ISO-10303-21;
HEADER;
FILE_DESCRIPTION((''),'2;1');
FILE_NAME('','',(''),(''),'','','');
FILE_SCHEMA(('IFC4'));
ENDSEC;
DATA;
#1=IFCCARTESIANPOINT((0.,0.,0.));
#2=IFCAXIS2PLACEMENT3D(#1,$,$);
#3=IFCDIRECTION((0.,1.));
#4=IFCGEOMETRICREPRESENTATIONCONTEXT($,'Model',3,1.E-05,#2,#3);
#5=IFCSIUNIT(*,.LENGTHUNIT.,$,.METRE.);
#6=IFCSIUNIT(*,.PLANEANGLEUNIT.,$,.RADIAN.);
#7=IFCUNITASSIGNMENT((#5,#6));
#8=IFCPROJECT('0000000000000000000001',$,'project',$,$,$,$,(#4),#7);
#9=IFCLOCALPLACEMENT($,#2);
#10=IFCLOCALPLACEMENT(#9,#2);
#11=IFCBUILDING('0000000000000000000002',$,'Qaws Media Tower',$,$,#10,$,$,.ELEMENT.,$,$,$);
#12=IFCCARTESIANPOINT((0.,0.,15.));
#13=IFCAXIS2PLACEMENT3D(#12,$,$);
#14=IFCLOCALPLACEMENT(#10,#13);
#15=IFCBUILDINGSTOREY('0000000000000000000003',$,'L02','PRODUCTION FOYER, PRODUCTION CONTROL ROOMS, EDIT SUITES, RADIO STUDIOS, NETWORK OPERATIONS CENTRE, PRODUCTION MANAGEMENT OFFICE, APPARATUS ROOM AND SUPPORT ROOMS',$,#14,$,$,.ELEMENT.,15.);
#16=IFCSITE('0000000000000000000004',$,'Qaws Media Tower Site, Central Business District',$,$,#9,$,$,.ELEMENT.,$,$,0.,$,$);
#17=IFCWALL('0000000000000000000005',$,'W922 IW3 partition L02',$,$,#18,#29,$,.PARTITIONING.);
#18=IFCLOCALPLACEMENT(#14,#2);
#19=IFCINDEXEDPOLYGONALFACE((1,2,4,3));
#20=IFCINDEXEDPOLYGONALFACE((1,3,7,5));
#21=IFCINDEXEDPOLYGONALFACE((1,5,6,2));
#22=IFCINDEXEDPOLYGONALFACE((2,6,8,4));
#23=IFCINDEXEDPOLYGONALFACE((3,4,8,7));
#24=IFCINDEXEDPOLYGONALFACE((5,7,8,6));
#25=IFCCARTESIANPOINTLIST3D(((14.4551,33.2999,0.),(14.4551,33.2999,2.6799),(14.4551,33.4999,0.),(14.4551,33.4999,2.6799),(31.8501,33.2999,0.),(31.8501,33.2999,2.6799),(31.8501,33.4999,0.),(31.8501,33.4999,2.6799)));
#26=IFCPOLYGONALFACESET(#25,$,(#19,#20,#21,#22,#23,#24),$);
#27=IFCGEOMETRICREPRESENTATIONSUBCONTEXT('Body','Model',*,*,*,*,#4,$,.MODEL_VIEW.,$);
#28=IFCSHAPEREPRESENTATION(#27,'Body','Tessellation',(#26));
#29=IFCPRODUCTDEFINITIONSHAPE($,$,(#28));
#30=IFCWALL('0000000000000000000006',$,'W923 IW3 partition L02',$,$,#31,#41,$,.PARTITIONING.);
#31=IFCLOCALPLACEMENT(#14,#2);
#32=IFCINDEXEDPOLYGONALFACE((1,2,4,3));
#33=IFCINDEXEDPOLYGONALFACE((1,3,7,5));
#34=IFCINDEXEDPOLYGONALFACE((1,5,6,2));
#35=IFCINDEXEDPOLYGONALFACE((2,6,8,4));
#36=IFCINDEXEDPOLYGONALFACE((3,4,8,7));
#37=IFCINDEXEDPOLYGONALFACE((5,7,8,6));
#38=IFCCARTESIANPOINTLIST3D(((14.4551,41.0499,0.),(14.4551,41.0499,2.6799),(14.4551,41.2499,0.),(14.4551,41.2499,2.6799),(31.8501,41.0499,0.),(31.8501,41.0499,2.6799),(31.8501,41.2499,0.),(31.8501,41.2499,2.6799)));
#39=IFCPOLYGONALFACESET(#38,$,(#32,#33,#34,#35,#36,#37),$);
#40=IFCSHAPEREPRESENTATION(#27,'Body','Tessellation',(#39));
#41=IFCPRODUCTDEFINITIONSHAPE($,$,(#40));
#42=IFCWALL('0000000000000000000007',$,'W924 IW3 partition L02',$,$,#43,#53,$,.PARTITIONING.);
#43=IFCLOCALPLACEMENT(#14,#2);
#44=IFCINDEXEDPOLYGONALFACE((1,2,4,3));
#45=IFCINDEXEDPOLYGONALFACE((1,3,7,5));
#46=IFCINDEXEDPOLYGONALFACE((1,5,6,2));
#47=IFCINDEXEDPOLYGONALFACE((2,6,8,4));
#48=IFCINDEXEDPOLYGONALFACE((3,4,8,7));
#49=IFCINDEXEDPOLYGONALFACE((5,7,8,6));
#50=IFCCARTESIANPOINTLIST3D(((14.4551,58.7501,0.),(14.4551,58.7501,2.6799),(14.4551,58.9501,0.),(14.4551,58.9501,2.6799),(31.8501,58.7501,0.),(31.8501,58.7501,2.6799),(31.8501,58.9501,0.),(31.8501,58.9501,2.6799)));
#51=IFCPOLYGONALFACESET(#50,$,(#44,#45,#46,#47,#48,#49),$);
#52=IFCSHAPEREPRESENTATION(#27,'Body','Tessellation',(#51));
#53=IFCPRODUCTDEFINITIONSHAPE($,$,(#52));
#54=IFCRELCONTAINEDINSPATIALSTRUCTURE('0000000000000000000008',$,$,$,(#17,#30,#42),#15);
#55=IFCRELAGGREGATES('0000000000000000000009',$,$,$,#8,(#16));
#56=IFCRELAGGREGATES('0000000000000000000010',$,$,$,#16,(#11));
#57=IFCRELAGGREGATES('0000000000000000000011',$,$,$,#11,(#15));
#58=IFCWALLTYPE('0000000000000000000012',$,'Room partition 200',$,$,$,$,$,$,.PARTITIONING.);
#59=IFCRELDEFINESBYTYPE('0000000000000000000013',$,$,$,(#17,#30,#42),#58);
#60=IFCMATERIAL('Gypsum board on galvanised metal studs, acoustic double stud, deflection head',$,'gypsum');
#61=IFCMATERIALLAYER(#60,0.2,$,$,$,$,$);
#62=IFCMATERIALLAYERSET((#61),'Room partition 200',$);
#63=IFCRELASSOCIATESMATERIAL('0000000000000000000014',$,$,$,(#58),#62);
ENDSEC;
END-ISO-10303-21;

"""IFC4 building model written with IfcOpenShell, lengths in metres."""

from ifc_helpers import new_model, si_unit, direction, frame, frame_2d, origin, place, context, subcontext, project, spatial, rectangle, extrude, material, layer, layer_set, type_object, element, save


model = new_model("IFC4")

# Units and contexts
model_context = context("Model", 3, precision=1e-05, world=origin(), true_north=direction((0.0, 1.0)))
body_context = subcontext(model_context, "Body", "Model", "MODEL_VIEW")
ifc_project = project(units=[si_unit("LENGTHUNIT", "METRE"), si_unit("PLANEANGLEUNIT", "RADIAN")], contexts=[model_context])

# Site, building, storey
site_placement = place(None, origin())
site = spatial("IfcSite", under=ifc_project, at=site_placement, Name="Qaws Media Tower Site, Central Business District", CompositionType="ELEMENT", RefElevation=0.0)
building_placement = place(site_placement, origin())
building = spatial("IfcBuilding", under=site, at=building_placement, Name="Qaws Media Tower", CompositionType="ELEMENT")
storey_placement = place(building_placement, frame((0.0, 0.0, 15.0)))
storey = spatial("IfcBuildingStorey", under=building, at=storey_placement, Name="L02", Description="PRODUCTION FOYER, PRODUCTION CONTROL ROOMS, EDIT SUITES, RADIO STUDIOS, NETWORK OPERATIONS CENTRE, PRODUCTION MANAGEMENT OFFICE, APPARATUS ROOM AND SUPPORT ROOMS", CompositionType="ELEMENT", Elevation=15.0)

# Shared definitions
ifc_material_1 = material(Name="Gypsum board on galvanised metal studs, acoustic double stud, deflection head", Category="gypsum")
ifc_layer = layer(ifc_material_1, 0.2)
ifc_layer_set = layer_set([ifc_layer], Name="Room partition 200")
wall_type = type_object("IfcWallType", Name="Room partition 200", PredefinedType="PARTITIONING", material=ifc_layer_set)

# Walls
for number, where, z_axis, x_axis, name in (
    (1, (14.4551, 33.3999, 0.0), (0.0, 0.0, 1.0), (1.0, 0.0, 0.0), "W922 IW3 partition L02"),
    (2, (14.4551, 41.1499, 0.0), (0.0, 0.0, 1.0), (1.0, 0.0, 0.0), "W923 IW3 partition L02"),
    (3, (14.4551, 58.8501, 0.0), (0.0, 0.0, 1.0), (1.0, 0.0, 0.0), "W924 IW3 partition L02"),
):
    element("IfcWall", number, at=place(storey_placement, frame(where, z_axis=z_axis, x_axis=x_axis)), inside=storey, type_object=wall_type, Name=name, PredefinedType="PARTITIONING", context=body_context, shape_type="SweptSolid", body=[
        extrude(rectangle(XDim=17.395, YDim=0.2, at=frame_2d((8.6975, 0.0))), origin(), (0.0, 0.0, 1.0), 2.6799),
    ])

save(model, "model.ifc")
